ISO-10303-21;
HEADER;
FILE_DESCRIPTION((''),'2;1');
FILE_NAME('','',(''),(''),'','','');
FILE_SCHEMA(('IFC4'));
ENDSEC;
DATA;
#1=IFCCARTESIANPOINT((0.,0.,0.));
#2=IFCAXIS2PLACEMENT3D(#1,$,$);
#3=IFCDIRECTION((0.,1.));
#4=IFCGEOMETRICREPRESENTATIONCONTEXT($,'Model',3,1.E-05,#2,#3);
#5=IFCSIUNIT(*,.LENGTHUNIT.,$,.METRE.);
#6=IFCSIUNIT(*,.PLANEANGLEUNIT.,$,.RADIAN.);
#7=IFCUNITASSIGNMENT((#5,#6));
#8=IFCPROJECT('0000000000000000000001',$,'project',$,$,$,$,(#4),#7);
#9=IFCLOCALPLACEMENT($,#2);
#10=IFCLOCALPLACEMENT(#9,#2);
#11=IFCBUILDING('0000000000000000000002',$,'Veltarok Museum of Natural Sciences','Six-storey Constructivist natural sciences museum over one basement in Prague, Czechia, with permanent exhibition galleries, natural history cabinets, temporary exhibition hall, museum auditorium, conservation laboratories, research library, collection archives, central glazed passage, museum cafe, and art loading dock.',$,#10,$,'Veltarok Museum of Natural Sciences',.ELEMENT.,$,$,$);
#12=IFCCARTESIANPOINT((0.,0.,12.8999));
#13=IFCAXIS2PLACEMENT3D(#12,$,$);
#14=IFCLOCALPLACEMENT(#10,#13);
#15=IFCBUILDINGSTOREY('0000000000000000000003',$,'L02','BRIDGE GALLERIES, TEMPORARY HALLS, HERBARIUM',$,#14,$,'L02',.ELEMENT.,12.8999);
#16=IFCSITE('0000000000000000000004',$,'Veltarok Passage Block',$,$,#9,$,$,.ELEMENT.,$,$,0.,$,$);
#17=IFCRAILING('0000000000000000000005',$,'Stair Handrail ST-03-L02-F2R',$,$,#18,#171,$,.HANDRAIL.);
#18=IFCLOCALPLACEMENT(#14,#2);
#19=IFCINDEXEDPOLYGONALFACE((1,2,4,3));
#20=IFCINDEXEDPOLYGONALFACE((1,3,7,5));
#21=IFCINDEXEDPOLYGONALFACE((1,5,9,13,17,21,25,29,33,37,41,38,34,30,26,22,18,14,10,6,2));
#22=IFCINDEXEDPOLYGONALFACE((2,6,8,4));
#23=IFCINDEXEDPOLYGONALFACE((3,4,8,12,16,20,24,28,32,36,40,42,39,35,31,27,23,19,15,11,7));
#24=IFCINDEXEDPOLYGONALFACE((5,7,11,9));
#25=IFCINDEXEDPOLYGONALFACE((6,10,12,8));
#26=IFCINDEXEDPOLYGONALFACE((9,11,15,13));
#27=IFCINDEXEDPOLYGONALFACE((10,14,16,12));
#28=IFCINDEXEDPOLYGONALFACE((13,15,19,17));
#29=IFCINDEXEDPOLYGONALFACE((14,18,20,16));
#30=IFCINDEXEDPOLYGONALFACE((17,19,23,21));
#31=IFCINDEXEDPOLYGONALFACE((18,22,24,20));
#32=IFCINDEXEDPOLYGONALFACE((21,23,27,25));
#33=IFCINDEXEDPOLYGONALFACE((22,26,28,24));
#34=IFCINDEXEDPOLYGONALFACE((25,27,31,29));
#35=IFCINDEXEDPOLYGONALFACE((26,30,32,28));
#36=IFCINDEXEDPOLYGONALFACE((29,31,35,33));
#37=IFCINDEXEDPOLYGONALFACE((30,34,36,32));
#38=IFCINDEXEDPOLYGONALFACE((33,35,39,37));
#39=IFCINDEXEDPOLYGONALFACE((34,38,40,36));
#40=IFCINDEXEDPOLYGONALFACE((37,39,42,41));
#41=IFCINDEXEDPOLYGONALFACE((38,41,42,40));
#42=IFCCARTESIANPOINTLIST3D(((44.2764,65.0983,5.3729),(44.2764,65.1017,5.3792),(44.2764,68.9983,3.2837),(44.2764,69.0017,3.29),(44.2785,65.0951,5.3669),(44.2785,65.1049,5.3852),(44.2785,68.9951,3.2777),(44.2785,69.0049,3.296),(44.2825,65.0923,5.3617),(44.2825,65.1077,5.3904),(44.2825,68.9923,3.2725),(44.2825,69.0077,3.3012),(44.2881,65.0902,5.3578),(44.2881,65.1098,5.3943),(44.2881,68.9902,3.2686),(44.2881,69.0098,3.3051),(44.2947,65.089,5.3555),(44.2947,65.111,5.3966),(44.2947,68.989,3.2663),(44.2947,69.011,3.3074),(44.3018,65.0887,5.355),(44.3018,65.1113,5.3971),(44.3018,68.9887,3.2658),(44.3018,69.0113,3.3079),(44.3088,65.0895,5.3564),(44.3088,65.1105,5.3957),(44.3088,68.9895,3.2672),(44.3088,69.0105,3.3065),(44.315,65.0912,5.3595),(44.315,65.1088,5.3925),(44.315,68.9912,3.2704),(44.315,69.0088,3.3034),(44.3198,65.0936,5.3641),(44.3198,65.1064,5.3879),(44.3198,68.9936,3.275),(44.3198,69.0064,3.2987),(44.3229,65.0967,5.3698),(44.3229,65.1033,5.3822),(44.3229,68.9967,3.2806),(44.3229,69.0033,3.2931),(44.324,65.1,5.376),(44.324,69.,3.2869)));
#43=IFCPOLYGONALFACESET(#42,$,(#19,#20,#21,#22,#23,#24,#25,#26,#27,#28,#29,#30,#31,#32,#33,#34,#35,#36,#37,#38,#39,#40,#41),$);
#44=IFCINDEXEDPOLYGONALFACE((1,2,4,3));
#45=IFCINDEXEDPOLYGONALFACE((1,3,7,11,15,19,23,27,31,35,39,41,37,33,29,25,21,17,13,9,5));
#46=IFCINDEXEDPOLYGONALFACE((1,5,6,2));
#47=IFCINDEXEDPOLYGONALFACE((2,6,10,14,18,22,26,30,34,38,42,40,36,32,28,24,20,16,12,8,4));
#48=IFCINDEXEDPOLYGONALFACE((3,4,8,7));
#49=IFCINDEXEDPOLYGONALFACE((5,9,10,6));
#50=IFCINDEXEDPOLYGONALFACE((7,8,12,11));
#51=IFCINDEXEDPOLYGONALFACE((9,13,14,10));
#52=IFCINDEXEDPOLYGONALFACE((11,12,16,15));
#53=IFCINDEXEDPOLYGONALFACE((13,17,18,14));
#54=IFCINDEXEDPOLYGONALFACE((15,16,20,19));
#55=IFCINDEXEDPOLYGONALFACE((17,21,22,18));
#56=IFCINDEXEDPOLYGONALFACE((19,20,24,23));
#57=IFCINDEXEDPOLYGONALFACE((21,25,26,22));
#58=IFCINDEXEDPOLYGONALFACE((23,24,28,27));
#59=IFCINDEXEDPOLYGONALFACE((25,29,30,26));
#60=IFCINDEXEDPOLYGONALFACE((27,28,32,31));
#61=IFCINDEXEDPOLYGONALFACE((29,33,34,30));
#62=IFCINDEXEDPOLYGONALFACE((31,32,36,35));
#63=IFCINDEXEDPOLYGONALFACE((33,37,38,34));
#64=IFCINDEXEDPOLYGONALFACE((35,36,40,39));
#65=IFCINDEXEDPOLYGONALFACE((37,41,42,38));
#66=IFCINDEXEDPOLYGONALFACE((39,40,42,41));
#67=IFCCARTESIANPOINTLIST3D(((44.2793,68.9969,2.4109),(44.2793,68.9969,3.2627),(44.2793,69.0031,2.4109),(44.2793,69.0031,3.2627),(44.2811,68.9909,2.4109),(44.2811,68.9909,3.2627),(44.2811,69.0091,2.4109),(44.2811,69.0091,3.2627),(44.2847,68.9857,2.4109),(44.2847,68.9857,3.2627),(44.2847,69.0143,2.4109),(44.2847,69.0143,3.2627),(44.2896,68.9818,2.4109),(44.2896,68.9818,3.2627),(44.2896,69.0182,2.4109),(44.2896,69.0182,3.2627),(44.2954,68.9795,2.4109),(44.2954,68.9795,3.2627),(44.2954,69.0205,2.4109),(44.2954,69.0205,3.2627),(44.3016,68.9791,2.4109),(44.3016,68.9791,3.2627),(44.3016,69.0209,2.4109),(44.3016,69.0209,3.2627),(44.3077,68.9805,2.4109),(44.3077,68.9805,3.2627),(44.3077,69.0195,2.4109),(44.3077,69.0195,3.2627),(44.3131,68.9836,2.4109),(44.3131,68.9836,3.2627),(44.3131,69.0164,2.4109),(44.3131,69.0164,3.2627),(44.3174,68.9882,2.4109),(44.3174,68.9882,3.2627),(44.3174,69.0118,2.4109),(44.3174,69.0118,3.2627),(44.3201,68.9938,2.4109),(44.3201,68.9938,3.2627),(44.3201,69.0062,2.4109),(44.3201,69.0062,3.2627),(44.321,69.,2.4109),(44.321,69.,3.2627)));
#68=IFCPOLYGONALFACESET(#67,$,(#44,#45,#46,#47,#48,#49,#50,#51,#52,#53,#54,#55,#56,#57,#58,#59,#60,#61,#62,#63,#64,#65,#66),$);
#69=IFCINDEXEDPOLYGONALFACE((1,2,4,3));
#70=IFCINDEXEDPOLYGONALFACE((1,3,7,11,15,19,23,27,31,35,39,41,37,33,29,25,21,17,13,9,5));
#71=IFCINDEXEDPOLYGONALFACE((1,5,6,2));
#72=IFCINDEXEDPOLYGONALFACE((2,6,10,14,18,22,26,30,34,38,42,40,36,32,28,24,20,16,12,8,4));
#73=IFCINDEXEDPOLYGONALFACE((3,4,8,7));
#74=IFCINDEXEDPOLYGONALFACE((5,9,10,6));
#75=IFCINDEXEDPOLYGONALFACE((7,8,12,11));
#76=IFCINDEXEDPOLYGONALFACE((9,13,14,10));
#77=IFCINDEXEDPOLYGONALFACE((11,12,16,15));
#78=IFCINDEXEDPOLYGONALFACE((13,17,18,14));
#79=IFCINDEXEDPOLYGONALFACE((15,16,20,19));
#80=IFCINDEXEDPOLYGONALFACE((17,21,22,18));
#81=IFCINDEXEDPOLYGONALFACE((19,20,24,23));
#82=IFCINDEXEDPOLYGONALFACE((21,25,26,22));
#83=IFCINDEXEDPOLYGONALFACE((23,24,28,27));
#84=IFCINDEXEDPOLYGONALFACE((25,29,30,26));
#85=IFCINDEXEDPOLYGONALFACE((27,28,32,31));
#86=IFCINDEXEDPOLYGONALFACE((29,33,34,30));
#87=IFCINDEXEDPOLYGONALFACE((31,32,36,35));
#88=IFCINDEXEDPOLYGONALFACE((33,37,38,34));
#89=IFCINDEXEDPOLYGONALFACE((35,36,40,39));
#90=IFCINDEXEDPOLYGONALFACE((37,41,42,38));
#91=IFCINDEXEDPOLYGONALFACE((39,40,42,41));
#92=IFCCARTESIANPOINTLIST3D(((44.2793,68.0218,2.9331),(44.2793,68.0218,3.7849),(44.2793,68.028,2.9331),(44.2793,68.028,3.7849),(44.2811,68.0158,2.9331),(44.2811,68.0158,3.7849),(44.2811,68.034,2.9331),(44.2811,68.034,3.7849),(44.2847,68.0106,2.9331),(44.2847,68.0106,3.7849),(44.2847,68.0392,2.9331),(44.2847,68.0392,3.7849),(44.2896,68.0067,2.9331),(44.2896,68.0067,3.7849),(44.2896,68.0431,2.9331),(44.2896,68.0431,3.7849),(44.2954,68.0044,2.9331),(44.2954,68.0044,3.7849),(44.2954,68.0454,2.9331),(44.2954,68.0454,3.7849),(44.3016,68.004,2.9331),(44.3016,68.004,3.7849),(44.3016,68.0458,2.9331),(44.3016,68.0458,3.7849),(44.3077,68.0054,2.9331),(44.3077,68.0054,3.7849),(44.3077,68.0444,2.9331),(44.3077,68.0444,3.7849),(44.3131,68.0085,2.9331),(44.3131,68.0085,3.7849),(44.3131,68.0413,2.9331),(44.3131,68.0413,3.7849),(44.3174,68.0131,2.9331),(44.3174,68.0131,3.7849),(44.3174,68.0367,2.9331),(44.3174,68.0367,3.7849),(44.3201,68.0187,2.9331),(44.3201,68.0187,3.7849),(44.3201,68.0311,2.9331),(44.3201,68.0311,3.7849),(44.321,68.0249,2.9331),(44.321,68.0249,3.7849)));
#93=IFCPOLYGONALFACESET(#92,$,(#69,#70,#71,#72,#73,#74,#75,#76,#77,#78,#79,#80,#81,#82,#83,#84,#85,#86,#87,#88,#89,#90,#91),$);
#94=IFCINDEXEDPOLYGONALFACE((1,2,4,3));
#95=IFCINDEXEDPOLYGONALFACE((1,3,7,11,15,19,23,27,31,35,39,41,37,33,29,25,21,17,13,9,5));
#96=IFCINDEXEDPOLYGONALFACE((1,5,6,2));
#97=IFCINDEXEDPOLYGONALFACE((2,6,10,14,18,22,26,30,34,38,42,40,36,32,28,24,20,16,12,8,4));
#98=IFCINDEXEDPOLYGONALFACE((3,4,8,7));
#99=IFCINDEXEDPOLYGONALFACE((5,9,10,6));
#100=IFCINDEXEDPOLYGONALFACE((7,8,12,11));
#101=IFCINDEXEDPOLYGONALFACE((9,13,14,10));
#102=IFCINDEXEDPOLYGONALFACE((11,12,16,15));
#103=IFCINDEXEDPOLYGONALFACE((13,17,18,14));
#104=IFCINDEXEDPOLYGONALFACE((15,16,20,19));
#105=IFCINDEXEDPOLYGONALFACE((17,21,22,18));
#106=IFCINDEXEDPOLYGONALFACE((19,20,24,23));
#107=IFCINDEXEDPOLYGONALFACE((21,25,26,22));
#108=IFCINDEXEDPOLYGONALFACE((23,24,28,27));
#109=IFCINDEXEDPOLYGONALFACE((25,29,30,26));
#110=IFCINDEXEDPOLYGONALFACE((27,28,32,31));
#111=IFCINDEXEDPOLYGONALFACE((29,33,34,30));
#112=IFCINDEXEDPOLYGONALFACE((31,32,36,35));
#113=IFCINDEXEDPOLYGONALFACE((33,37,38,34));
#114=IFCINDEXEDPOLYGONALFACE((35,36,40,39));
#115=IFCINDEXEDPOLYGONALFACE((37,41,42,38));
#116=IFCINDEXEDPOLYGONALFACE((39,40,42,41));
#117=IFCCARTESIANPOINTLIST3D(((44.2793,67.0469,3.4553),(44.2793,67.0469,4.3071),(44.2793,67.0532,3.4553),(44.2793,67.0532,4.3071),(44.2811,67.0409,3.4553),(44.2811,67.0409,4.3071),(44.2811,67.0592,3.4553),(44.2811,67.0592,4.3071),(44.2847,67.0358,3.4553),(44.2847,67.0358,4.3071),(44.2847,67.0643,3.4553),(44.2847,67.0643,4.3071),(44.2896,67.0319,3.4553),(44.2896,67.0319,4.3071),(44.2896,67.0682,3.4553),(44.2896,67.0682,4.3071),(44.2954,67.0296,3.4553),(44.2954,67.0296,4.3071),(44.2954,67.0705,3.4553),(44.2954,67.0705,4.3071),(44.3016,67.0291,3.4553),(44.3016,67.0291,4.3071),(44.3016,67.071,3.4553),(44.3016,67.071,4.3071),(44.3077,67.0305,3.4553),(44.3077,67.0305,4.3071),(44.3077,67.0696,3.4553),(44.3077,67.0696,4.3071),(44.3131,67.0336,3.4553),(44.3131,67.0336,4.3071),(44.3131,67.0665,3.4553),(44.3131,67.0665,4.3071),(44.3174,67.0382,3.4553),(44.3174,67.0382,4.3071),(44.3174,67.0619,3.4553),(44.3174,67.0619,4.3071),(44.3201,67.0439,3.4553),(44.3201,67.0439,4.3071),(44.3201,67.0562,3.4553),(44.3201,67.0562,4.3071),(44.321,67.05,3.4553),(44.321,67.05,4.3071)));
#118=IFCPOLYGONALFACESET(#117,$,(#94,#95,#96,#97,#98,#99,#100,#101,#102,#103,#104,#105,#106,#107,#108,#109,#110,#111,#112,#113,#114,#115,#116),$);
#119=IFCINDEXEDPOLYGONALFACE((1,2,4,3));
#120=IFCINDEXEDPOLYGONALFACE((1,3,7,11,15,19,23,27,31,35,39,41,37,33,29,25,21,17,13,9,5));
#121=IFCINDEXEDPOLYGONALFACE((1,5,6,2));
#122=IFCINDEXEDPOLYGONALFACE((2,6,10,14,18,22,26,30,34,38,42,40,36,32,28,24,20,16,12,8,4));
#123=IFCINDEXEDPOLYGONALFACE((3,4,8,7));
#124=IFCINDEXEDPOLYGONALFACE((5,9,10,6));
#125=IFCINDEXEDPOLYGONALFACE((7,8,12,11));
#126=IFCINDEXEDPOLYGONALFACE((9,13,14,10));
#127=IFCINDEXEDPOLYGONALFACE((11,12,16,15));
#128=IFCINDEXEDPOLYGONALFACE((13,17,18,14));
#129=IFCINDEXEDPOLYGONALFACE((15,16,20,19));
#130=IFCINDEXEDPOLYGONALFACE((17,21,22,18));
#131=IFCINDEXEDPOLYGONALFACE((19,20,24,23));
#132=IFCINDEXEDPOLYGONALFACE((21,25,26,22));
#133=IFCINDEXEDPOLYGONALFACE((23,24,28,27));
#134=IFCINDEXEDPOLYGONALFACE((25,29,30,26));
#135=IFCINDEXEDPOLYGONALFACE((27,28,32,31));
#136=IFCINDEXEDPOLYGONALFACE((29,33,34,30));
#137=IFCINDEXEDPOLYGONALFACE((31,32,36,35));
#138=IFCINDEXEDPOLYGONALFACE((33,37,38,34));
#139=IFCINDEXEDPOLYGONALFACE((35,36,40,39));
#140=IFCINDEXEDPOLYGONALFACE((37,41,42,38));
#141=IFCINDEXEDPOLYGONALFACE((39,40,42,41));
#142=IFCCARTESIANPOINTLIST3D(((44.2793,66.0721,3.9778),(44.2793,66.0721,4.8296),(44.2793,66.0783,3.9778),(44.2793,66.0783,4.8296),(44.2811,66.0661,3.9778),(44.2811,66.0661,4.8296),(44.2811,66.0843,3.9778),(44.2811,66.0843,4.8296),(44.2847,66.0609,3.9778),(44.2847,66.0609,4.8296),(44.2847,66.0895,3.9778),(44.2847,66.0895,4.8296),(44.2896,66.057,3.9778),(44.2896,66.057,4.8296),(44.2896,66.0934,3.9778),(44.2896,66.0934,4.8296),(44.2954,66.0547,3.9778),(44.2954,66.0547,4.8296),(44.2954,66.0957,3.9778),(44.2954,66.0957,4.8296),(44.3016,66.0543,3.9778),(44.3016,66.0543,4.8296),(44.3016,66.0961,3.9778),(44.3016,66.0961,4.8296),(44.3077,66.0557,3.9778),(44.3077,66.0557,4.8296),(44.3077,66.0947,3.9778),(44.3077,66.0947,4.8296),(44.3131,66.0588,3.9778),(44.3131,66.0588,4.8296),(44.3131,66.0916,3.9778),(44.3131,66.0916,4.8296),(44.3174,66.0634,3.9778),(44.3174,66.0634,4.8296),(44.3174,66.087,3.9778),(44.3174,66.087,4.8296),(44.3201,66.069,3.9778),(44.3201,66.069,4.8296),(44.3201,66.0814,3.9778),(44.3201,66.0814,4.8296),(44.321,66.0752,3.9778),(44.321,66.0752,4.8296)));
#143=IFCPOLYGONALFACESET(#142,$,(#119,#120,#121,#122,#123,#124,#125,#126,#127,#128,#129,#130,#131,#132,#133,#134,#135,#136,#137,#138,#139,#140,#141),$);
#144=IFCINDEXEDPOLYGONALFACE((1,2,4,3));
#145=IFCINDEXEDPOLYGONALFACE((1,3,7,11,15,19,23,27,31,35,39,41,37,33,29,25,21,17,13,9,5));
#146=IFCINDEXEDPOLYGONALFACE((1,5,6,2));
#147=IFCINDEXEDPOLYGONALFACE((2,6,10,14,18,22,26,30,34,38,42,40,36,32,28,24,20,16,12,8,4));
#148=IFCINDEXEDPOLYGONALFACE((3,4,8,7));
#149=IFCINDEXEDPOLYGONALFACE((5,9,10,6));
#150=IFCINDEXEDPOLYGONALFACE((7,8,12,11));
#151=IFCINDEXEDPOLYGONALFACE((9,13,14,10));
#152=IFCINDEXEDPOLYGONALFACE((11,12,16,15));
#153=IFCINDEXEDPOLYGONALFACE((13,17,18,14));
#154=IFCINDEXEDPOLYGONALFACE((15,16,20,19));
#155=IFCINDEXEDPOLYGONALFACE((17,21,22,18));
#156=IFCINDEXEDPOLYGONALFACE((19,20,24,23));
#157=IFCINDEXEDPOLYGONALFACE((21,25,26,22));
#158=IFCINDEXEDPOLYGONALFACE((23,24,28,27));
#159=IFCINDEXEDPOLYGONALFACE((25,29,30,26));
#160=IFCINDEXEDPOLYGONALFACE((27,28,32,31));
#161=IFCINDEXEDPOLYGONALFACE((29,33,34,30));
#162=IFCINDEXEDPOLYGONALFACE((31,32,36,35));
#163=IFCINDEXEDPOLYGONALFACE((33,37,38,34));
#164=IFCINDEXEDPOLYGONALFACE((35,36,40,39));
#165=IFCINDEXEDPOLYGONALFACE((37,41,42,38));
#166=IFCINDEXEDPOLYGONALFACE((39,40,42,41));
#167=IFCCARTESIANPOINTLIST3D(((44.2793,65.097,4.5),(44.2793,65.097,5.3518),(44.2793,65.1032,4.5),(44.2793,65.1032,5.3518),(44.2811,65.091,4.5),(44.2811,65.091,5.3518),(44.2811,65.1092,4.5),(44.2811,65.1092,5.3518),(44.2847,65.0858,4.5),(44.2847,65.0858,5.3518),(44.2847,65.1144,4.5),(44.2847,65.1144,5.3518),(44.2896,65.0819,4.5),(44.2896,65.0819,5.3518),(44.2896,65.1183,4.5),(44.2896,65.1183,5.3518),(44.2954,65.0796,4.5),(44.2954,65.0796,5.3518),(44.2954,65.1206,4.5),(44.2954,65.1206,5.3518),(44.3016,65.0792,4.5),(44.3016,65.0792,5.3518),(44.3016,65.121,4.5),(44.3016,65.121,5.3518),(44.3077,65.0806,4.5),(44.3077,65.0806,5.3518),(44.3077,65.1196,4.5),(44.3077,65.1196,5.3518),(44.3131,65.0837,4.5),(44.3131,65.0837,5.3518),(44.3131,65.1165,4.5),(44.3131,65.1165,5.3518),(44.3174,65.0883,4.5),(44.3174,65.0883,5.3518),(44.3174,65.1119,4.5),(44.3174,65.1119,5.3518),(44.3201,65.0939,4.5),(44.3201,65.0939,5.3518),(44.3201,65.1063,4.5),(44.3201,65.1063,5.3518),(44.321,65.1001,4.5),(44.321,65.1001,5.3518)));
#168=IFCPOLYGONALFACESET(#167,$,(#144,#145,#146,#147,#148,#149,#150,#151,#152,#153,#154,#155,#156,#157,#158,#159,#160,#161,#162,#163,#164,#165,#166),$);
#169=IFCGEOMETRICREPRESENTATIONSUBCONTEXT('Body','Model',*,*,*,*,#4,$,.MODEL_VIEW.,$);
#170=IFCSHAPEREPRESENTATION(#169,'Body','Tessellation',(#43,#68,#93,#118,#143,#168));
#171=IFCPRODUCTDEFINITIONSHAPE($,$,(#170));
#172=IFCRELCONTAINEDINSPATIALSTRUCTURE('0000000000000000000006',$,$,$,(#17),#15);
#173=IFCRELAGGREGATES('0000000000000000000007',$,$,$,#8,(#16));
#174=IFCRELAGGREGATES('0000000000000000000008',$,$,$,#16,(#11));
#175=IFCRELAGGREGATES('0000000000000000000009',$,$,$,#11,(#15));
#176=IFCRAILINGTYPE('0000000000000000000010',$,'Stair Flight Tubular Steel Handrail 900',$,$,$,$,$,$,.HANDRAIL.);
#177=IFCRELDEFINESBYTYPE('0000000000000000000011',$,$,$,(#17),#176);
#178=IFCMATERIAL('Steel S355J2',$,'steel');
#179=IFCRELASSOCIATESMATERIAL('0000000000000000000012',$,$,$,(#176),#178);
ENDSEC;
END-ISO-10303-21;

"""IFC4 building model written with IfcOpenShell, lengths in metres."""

from ifc_helpers import new_model, si_unit, direction, frame, origin, origin_2d, place, context, subcontext, project, spatial, circle, extrude, material, type_object, element, save


model = new_model("IFC4")

# Units and contexts
model_context = context("Model", 3, precision=1e-05, world=origin(), true_north=direction((0.0, 1.0)))
body_context = subcontext(model_context, "Body", "Model", "MODEL_VIEW")
ifc_project = project(units=[si_unit("LENGTHUNIT", "METRE"), si_unit("PLANEANGLEUNIT", "RADIAN")], contexts=[model_context])

# Site, building, storey
site_placement = place(None, origin())
site = spatial("IfcSite", under=ifc_project, at=site_placement, Name="Veltarok Passage Block", CompositionType="ELEMENT", RefElevation=0.0)
building_placement = place(site_placement, origin())
building = spatial("IfcBuilding", under=site, at=building_placement, Name="Veltarok Museum of Natural Sciences", Description="Six-storey Constructivist natural sciences museum over one basement in Prague, Czechia, with permanent exhibition galleries, natural history cabinets, temporary exhibition hall, museum auditorium, conservation laboratories, research library, collection archives, central glazed passage, museum cafe, and art loading dock.", LongName="Veltarok Museum of Natural Sciences", CompositionType="ELEMENT")
storey_placement = place(building_placement, frame((0.0, 0.0, 12.8999)))
storey = spatial("IfcBuildingStorey", under=building, at=storey_placement, Name="L02", Description="BRIDGE GALLERIES, TEMPORARY HALLS, HERBARIUM", LongName="L02", CompositionType="ELEMENT", Elevation=12.8999)

# Shared definitions
ifc_material_1 = material(Name="Steel S355J2", Category="steel")

# Railing
railing_type_1 = type_object("IfcRailingType", Name="Stair Flight Tubular Steel Handrail 900", PredefinedType="HANDRAIL", material=ifc_material_1)
railing_1_placement = place(storey_placement, frame((44.3, 69.0, 2.4109)))
element("IfcRailing", 1, at=railing_1_placement, inside=storey, type_object=railing_type_1, Name="Stair Handrail ST-03-L02-F2R", PredefinedType="HANDRAIL", context=body_context, shape_type="SweptSolid", body=[
    extrude(circle(Radius=0.0239, at=origin_2d()), frame((0.0, 0.0, 0.876), z_axis=(0.0, -0.881491, 0.4722), x_axis=(1.0, 0.0, 0.0)), (0.0, 0.0, 1.0), 4.4243),
    extrude(circle(Radius=0.021, at=origin_2d()), origin(), (0.0, 0.0, 1.0), 0.8518),
    extrude(circle(Radius=0.021, at=origin_2d()), frame((0.0, -0.9751, 0.5222)), (0.0, 0.0, 1.0), 0.8518),
    extrude(circle(Radius=0.021, at=origin_2d()), frame((0.0, -1.95, 1.0444)), (0.0, 0.0, 1.0), 0.8518),
    extrude(circle(Radius=0.021, at=origin_2d()), frame((0.0, -2.9248, 1.5669)), (0.0, 0.0, 1.0), 0.8518),
    extrude(circle(Radius=0.021, at=origin_2d()), frame((0.0, -3.8999, 2.0891)), (0.0, 0.0, 1.0), 0.8518),
])

save(model, "model.ifc")
